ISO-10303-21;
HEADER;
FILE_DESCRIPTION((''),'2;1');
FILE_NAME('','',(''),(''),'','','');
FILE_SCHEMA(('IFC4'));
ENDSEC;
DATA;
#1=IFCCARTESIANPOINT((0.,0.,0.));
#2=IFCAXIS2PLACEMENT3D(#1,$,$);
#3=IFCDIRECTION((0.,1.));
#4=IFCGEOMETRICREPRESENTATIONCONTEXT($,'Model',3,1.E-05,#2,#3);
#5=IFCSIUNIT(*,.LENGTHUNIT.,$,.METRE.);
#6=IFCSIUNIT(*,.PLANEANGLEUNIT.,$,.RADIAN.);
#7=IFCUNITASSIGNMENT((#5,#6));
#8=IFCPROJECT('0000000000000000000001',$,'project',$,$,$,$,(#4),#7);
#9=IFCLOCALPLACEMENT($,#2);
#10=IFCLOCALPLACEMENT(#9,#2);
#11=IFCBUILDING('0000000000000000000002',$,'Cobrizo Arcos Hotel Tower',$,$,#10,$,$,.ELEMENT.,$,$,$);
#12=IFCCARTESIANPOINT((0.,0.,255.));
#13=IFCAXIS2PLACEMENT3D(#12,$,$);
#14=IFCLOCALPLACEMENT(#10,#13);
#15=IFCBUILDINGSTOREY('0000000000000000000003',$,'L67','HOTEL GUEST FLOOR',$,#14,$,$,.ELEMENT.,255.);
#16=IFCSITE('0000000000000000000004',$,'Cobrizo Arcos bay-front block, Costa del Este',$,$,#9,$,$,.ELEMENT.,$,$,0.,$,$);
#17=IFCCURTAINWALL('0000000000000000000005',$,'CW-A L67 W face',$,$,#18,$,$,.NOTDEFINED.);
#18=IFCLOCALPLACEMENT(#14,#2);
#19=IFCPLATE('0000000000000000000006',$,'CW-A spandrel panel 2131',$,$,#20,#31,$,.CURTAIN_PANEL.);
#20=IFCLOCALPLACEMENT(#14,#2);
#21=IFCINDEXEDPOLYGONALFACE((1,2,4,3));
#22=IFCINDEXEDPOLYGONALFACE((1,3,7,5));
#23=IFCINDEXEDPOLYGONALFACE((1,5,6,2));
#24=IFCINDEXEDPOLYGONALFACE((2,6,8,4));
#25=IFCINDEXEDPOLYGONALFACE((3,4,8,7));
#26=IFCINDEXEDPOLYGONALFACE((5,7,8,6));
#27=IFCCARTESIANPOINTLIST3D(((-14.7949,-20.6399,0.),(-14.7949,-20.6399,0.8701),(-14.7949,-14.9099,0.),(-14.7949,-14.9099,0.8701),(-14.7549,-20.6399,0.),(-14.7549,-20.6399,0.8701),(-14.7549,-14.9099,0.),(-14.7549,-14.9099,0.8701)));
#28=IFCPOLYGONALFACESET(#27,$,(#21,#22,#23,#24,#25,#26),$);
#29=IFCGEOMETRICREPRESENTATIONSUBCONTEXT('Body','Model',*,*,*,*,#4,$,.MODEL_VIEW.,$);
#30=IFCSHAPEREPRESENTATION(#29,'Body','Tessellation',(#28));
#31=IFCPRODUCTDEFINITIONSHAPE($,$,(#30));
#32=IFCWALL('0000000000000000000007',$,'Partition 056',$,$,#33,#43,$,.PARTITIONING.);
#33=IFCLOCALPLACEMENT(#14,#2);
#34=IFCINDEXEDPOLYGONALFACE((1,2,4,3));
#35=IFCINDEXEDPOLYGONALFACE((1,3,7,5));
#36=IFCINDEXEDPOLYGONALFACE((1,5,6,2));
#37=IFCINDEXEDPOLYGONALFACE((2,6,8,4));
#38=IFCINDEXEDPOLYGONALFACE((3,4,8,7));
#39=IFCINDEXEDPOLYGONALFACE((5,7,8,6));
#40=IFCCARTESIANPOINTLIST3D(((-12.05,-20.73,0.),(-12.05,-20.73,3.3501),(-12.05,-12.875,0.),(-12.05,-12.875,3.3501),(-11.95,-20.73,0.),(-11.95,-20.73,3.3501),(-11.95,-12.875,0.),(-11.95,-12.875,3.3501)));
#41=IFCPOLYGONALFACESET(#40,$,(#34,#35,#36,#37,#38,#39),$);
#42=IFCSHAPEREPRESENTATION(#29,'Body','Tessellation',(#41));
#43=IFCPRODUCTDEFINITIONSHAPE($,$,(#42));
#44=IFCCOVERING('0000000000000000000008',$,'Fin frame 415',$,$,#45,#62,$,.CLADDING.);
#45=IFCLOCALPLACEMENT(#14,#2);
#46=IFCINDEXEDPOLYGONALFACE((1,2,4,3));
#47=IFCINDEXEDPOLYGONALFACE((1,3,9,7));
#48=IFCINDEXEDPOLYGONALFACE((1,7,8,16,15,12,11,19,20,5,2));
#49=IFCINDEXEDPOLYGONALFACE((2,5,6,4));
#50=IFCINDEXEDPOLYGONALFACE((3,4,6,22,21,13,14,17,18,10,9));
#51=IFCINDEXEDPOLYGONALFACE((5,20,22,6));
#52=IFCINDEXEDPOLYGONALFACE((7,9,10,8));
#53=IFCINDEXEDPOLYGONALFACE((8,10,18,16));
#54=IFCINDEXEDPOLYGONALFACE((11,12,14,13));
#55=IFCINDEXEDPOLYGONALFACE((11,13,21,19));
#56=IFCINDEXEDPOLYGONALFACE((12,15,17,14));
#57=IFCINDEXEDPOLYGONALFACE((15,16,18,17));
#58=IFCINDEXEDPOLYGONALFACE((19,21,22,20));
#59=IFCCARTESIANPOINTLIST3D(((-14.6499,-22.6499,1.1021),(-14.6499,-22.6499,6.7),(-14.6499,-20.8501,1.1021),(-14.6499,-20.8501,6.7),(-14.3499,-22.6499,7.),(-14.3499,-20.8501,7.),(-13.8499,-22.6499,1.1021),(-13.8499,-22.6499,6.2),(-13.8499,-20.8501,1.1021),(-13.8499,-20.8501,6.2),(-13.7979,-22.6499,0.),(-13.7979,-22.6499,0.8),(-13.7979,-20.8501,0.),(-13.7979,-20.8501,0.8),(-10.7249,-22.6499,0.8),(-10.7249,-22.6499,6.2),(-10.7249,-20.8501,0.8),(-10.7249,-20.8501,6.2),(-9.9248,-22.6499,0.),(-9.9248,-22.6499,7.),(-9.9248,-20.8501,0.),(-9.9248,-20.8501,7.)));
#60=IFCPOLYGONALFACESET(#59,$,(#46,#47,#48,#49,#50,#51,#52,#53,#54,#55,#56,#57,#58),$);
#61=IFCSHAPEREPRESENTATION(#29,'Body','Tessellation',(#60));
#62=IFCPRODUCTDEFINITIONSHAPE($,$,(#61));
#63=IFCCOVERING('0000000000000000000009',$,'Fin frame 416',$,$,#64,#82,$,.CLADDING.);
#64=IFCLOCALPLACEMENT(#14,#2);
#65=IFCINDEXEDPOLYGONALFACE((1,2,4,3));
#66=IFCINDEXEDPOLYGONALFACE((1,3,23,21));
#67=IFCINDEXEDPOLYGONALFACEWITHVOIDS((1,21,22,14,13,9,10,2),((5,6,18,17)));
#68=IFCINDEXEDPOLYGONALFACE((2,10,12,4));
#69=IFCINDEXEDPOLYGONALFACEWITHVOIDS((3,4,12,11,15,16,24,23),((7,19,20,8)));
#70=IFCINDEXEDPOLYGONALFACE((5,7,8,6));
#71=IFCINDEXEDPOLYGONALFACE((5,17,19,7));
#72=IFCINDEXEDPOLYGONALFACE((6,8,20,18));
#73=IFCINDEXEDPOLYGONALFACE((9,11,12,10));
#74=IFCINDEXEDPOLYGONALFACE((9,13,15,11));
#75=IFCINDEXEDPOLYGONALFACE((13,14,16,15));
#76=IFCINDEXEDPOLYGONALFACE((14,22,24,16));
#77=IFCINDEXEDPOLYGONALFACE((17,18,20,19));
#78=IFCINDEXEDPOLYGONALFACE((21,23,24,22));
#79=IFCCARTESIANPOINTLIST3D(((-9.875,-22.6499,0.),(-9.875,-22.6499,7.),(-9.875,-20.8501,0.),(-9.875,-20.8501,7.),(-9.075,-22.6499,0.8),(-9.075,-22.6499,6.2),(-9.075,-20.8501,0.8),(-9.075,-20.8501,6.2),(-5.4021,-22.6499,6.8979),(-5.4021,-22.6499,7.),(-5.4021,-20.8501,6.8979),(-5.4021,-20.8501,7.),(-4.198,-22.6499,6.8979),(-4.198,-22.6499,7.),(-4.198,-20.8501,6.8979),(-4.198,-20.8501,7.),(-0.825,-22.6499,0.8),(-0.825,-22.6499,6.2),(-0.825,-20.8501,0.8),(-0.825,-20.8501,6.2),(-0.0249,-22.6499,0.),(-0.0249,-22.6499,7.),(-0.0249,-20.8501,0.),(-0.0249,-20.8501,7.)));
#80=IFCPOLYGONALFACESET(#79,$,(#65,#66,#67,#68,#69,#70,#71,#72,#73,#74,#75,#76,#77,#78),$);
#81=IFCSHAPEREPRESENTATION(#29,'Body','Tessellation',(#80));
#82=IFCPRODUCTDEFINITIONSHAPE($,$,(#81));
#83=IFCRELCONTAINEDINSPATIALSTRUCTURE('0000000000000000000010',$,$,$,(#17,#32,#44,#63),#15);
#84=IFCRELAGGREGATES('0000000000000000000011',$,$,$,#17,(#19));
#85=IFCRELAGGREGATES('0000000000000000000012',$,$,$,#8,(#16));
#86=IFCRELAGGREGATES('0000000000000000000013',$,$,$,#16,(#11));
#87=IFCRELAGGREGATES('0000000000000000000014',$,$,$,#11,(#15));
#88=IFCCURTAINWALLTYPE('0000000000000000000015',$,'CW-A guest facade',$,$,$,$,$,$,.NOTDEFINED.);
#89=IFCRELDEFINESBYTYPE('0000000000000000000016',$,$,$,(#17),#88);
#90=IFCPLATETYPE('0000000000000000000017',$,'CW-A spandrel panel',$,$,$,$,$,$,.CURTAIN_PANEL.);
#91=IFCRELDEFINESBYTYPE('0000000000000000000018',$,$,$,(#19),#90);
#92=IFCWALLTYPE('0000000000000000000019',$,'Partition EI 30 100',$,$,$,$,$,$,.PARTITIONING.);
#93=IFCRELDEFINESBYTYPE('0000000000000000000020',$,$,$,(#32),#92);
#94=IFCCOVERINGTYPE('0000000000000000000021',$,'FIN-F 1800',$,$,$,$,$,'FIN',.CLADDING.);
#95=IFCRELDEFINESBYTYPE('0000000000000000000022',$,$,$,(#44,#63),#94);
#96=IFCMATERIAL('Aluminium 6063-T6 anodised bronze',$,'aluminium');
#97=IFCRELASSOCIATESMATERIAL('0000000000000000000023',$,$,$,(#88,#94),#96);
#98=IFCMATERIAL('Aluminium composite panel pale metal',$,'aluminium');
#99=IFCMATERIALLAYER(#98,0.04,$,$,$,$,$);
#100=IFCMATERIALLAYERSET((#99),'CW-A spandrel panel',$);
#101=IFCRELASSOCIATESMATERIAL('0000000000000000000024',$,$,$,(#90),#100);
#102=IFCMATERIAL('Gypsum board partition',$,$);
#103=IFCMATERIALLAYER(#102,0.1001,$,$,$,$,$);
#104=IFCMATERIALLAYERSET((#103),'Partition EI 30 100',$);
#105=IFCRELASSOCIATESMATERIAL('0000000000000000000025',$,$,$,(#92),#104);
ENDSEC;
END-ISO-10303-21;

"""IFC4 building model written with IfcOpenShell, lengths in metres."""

from ifc_helpers import new_model, si_unit, direction, frame, frame_2d, origin, origin_2d, place, context, subcontext, project, spatial, polyline, rectangle, outline, extrude, material, layer, layer_set, type_object, element, aggregate, save


model = new_model("IFC4")

# Units and contexts
model_context = context("Model", 3, precision=1e-05, world=origin(), true_north=direction((0.0, 1.0)))
body_context = subcontext(model_context, "Body", "Model", "MODEL_VIEW")
ifc_project = project(units=[si_unit("LENGTHUNIT", "METRE"), si_unit("PLANEANGLEUNIT", "RADIAN")], contexts=[model_context])

# Site, building, storey
site_placement = place(None, origin())
site = spatial("IfcSite", under=ifc_project, at=site_placement, Name="Cobrizo Arcos bay-front block, Costa del Este", CompositionType="ELEMENT", RefElevation=0.0)
building_placement = place(site_placement, origin())
building = spatial("IfcBuilding", under=site, at=building_placement, Name="Cobrizo Arcos Hotel Tower", CompositionType="ELEMENT")
storey_placement = place(building_placement, frame((0.0, 0.0, 255.0)))
storey = spatial("IfcBuildingStorey", under=building, at=storey_placement, Name="L67", Description="HOTEL GUEST FLOOR", CompositionType="ELEMENT", Elevation=255.0)

# Shared definitions
ifc_material_1 = material(Name="Aluminium 6063-T6 anodised bronze", Category="aluminium")
curtain_wall_type = type_object("IfcCurtainWallType", Name="CW-A guest facade", PredefinedType="NOTDEFINED", material=ifc_material_1)

# Curtain wall
curtain_wall_1_placement = place(storey_placement, origin())
curtain_wall_1 = element("IfcCurtainWall", 1, at=curtain_wall_1_placement, inside=storey, type_object=curtain_wall_type, Name="CW-A L67 W face", PredefinedType="NOTDEFINED")

# Plate
ifc_material_2 = material(Name="Aluminium composite panel pale metal", Category="aluminium")
ifc_layer_1 = layer(ifc_material_2, 0.04)
ifc_layer_set_1 = layer_set([ifc_layer_1], Name="CW-A spandrel panel")
plate_type_1 = type_object("IfcPlateType", Name="CW-A spandrel panel", PredefinedType="CURTAIN_PANEL", material=ifc_layer_set_1)
plate_1_placement = place(storey_placement, frame((-14.7749, -17.7749, 0.0), z_axis=(0.0, 0.0, 1.0), x_axis=(0.0, -1.0, 0.0)))
plate_1 = element("IfcPlate", 2, at=plate_1_placement, type_object=plate_type_1, Name="CW-A spandrel panel 2131", PredefinedType="CURTAIN_PANEL", context=body_context, shape_type="SweptSolid", body=[
    extrude(rectangle(XDim=5.73, YDim=0.04, at=origin_2d()), origin(), (0.0, 0.0, 1.0), 0.8701),
])
aggregate(curtain_wall_1, [plate_1])

# Wall
ifc_material_3 = material(Name="Gypsum board partition")
ifc_layer_2 = layer(ifc_material_3, 0.1001)
ifc_layer_set_2 = layer_set([ifc_layer_2], Name="Partition EI 30 100")
wall_type = type_object("IfcWallType", Name="Partition EI 30 100", PredefinedType="PARTITIONING", material=ifc_layer_set_2)
wall_placement = place(storey_placement, frame((-12.0, -20.73, 0.0), z_axis=(0.0, 0.0, 1.0), x_axis=(0.0, 1.0, 0.0)))
element("IfcWall", 3, at=wall_placement, inside=storey, type_object=wall_type, Name="Partition 056", PredefinedType="PARTITIONING", context=body_context, shape_type="SweptSolid", body=[
    extrude(rectangle(XDim=7.855, YDim=0.1001, at=frame_2d((3.9275, 0.0))), origin(), (0.0, 0.0, 1.0), 3.3501),
])

# Coverings
covering_type = type_object("IfcCoveringType", Name="FIN-F 1800", ElementType="FIN", PredefinedType="CLADDING", material=ifc_material_1)
covering_1_placement = place(storey_placement, frame((-14.6499, -20.8501, 0.0), z_axis=(0.0, -1.0, 0.0), x_axis=(1.0, 0.0, 0.0)))
element("IfcCovering", 4, at=covering_1_placement, inside=storey, type_object=covering_type, Name="Fin frame 415", PredefinedType="CLADDING", context=body_context, shape_type="SweptSolid", body=[
    extrude(outline(polyline([(0.0, 6.7), (0.0, 1.1021), (0.8, 1.1021), (0.8, 6.2), (3.925, 6.2), (3.925, 0.8), (0.8521, 0.8), (0.8521, 0.0), (4.7251, 0.0), (4.7251, 7.0), (0.3, 7.0), (0.0, 6.7)])), origin(), (0.0, 0.0, 1.0), 1.7998),
])
covering_2_placement = place(storey_placement, frame((-9.875, -20.8501, 0.0), z_axis=(0.0, -1.0, 0.0), x_axis=(1.0, 0.0, 0.0)))
element("IfcCovering", 5, at=covering_2_placement, inside=storey, type_object=covering_type, Name="Fin frame 416", PredefinedType="CLADDING", context=body_context, shape_type="SweptSolid", body=[
    extrude(outline(polyline([(9.8501, 7.0), (5.677, 7.0), (5.677, 6.8979), (4.4729, 6.8979), (4.4729, 7.0), (0.0, 7.0), (0.0, 0.0), (9.8501, 0.0), (9.8501, 7.0)]), holes=[polyline([(9.05, 0.8), (0.8, 0.8), (0.8, 6.2), (9.05, 6.2), (9.05, 0.8)])]), origin(), (0.0, 0.0, 1.0), 1.7998),
])

save(model, "model.ifc")
